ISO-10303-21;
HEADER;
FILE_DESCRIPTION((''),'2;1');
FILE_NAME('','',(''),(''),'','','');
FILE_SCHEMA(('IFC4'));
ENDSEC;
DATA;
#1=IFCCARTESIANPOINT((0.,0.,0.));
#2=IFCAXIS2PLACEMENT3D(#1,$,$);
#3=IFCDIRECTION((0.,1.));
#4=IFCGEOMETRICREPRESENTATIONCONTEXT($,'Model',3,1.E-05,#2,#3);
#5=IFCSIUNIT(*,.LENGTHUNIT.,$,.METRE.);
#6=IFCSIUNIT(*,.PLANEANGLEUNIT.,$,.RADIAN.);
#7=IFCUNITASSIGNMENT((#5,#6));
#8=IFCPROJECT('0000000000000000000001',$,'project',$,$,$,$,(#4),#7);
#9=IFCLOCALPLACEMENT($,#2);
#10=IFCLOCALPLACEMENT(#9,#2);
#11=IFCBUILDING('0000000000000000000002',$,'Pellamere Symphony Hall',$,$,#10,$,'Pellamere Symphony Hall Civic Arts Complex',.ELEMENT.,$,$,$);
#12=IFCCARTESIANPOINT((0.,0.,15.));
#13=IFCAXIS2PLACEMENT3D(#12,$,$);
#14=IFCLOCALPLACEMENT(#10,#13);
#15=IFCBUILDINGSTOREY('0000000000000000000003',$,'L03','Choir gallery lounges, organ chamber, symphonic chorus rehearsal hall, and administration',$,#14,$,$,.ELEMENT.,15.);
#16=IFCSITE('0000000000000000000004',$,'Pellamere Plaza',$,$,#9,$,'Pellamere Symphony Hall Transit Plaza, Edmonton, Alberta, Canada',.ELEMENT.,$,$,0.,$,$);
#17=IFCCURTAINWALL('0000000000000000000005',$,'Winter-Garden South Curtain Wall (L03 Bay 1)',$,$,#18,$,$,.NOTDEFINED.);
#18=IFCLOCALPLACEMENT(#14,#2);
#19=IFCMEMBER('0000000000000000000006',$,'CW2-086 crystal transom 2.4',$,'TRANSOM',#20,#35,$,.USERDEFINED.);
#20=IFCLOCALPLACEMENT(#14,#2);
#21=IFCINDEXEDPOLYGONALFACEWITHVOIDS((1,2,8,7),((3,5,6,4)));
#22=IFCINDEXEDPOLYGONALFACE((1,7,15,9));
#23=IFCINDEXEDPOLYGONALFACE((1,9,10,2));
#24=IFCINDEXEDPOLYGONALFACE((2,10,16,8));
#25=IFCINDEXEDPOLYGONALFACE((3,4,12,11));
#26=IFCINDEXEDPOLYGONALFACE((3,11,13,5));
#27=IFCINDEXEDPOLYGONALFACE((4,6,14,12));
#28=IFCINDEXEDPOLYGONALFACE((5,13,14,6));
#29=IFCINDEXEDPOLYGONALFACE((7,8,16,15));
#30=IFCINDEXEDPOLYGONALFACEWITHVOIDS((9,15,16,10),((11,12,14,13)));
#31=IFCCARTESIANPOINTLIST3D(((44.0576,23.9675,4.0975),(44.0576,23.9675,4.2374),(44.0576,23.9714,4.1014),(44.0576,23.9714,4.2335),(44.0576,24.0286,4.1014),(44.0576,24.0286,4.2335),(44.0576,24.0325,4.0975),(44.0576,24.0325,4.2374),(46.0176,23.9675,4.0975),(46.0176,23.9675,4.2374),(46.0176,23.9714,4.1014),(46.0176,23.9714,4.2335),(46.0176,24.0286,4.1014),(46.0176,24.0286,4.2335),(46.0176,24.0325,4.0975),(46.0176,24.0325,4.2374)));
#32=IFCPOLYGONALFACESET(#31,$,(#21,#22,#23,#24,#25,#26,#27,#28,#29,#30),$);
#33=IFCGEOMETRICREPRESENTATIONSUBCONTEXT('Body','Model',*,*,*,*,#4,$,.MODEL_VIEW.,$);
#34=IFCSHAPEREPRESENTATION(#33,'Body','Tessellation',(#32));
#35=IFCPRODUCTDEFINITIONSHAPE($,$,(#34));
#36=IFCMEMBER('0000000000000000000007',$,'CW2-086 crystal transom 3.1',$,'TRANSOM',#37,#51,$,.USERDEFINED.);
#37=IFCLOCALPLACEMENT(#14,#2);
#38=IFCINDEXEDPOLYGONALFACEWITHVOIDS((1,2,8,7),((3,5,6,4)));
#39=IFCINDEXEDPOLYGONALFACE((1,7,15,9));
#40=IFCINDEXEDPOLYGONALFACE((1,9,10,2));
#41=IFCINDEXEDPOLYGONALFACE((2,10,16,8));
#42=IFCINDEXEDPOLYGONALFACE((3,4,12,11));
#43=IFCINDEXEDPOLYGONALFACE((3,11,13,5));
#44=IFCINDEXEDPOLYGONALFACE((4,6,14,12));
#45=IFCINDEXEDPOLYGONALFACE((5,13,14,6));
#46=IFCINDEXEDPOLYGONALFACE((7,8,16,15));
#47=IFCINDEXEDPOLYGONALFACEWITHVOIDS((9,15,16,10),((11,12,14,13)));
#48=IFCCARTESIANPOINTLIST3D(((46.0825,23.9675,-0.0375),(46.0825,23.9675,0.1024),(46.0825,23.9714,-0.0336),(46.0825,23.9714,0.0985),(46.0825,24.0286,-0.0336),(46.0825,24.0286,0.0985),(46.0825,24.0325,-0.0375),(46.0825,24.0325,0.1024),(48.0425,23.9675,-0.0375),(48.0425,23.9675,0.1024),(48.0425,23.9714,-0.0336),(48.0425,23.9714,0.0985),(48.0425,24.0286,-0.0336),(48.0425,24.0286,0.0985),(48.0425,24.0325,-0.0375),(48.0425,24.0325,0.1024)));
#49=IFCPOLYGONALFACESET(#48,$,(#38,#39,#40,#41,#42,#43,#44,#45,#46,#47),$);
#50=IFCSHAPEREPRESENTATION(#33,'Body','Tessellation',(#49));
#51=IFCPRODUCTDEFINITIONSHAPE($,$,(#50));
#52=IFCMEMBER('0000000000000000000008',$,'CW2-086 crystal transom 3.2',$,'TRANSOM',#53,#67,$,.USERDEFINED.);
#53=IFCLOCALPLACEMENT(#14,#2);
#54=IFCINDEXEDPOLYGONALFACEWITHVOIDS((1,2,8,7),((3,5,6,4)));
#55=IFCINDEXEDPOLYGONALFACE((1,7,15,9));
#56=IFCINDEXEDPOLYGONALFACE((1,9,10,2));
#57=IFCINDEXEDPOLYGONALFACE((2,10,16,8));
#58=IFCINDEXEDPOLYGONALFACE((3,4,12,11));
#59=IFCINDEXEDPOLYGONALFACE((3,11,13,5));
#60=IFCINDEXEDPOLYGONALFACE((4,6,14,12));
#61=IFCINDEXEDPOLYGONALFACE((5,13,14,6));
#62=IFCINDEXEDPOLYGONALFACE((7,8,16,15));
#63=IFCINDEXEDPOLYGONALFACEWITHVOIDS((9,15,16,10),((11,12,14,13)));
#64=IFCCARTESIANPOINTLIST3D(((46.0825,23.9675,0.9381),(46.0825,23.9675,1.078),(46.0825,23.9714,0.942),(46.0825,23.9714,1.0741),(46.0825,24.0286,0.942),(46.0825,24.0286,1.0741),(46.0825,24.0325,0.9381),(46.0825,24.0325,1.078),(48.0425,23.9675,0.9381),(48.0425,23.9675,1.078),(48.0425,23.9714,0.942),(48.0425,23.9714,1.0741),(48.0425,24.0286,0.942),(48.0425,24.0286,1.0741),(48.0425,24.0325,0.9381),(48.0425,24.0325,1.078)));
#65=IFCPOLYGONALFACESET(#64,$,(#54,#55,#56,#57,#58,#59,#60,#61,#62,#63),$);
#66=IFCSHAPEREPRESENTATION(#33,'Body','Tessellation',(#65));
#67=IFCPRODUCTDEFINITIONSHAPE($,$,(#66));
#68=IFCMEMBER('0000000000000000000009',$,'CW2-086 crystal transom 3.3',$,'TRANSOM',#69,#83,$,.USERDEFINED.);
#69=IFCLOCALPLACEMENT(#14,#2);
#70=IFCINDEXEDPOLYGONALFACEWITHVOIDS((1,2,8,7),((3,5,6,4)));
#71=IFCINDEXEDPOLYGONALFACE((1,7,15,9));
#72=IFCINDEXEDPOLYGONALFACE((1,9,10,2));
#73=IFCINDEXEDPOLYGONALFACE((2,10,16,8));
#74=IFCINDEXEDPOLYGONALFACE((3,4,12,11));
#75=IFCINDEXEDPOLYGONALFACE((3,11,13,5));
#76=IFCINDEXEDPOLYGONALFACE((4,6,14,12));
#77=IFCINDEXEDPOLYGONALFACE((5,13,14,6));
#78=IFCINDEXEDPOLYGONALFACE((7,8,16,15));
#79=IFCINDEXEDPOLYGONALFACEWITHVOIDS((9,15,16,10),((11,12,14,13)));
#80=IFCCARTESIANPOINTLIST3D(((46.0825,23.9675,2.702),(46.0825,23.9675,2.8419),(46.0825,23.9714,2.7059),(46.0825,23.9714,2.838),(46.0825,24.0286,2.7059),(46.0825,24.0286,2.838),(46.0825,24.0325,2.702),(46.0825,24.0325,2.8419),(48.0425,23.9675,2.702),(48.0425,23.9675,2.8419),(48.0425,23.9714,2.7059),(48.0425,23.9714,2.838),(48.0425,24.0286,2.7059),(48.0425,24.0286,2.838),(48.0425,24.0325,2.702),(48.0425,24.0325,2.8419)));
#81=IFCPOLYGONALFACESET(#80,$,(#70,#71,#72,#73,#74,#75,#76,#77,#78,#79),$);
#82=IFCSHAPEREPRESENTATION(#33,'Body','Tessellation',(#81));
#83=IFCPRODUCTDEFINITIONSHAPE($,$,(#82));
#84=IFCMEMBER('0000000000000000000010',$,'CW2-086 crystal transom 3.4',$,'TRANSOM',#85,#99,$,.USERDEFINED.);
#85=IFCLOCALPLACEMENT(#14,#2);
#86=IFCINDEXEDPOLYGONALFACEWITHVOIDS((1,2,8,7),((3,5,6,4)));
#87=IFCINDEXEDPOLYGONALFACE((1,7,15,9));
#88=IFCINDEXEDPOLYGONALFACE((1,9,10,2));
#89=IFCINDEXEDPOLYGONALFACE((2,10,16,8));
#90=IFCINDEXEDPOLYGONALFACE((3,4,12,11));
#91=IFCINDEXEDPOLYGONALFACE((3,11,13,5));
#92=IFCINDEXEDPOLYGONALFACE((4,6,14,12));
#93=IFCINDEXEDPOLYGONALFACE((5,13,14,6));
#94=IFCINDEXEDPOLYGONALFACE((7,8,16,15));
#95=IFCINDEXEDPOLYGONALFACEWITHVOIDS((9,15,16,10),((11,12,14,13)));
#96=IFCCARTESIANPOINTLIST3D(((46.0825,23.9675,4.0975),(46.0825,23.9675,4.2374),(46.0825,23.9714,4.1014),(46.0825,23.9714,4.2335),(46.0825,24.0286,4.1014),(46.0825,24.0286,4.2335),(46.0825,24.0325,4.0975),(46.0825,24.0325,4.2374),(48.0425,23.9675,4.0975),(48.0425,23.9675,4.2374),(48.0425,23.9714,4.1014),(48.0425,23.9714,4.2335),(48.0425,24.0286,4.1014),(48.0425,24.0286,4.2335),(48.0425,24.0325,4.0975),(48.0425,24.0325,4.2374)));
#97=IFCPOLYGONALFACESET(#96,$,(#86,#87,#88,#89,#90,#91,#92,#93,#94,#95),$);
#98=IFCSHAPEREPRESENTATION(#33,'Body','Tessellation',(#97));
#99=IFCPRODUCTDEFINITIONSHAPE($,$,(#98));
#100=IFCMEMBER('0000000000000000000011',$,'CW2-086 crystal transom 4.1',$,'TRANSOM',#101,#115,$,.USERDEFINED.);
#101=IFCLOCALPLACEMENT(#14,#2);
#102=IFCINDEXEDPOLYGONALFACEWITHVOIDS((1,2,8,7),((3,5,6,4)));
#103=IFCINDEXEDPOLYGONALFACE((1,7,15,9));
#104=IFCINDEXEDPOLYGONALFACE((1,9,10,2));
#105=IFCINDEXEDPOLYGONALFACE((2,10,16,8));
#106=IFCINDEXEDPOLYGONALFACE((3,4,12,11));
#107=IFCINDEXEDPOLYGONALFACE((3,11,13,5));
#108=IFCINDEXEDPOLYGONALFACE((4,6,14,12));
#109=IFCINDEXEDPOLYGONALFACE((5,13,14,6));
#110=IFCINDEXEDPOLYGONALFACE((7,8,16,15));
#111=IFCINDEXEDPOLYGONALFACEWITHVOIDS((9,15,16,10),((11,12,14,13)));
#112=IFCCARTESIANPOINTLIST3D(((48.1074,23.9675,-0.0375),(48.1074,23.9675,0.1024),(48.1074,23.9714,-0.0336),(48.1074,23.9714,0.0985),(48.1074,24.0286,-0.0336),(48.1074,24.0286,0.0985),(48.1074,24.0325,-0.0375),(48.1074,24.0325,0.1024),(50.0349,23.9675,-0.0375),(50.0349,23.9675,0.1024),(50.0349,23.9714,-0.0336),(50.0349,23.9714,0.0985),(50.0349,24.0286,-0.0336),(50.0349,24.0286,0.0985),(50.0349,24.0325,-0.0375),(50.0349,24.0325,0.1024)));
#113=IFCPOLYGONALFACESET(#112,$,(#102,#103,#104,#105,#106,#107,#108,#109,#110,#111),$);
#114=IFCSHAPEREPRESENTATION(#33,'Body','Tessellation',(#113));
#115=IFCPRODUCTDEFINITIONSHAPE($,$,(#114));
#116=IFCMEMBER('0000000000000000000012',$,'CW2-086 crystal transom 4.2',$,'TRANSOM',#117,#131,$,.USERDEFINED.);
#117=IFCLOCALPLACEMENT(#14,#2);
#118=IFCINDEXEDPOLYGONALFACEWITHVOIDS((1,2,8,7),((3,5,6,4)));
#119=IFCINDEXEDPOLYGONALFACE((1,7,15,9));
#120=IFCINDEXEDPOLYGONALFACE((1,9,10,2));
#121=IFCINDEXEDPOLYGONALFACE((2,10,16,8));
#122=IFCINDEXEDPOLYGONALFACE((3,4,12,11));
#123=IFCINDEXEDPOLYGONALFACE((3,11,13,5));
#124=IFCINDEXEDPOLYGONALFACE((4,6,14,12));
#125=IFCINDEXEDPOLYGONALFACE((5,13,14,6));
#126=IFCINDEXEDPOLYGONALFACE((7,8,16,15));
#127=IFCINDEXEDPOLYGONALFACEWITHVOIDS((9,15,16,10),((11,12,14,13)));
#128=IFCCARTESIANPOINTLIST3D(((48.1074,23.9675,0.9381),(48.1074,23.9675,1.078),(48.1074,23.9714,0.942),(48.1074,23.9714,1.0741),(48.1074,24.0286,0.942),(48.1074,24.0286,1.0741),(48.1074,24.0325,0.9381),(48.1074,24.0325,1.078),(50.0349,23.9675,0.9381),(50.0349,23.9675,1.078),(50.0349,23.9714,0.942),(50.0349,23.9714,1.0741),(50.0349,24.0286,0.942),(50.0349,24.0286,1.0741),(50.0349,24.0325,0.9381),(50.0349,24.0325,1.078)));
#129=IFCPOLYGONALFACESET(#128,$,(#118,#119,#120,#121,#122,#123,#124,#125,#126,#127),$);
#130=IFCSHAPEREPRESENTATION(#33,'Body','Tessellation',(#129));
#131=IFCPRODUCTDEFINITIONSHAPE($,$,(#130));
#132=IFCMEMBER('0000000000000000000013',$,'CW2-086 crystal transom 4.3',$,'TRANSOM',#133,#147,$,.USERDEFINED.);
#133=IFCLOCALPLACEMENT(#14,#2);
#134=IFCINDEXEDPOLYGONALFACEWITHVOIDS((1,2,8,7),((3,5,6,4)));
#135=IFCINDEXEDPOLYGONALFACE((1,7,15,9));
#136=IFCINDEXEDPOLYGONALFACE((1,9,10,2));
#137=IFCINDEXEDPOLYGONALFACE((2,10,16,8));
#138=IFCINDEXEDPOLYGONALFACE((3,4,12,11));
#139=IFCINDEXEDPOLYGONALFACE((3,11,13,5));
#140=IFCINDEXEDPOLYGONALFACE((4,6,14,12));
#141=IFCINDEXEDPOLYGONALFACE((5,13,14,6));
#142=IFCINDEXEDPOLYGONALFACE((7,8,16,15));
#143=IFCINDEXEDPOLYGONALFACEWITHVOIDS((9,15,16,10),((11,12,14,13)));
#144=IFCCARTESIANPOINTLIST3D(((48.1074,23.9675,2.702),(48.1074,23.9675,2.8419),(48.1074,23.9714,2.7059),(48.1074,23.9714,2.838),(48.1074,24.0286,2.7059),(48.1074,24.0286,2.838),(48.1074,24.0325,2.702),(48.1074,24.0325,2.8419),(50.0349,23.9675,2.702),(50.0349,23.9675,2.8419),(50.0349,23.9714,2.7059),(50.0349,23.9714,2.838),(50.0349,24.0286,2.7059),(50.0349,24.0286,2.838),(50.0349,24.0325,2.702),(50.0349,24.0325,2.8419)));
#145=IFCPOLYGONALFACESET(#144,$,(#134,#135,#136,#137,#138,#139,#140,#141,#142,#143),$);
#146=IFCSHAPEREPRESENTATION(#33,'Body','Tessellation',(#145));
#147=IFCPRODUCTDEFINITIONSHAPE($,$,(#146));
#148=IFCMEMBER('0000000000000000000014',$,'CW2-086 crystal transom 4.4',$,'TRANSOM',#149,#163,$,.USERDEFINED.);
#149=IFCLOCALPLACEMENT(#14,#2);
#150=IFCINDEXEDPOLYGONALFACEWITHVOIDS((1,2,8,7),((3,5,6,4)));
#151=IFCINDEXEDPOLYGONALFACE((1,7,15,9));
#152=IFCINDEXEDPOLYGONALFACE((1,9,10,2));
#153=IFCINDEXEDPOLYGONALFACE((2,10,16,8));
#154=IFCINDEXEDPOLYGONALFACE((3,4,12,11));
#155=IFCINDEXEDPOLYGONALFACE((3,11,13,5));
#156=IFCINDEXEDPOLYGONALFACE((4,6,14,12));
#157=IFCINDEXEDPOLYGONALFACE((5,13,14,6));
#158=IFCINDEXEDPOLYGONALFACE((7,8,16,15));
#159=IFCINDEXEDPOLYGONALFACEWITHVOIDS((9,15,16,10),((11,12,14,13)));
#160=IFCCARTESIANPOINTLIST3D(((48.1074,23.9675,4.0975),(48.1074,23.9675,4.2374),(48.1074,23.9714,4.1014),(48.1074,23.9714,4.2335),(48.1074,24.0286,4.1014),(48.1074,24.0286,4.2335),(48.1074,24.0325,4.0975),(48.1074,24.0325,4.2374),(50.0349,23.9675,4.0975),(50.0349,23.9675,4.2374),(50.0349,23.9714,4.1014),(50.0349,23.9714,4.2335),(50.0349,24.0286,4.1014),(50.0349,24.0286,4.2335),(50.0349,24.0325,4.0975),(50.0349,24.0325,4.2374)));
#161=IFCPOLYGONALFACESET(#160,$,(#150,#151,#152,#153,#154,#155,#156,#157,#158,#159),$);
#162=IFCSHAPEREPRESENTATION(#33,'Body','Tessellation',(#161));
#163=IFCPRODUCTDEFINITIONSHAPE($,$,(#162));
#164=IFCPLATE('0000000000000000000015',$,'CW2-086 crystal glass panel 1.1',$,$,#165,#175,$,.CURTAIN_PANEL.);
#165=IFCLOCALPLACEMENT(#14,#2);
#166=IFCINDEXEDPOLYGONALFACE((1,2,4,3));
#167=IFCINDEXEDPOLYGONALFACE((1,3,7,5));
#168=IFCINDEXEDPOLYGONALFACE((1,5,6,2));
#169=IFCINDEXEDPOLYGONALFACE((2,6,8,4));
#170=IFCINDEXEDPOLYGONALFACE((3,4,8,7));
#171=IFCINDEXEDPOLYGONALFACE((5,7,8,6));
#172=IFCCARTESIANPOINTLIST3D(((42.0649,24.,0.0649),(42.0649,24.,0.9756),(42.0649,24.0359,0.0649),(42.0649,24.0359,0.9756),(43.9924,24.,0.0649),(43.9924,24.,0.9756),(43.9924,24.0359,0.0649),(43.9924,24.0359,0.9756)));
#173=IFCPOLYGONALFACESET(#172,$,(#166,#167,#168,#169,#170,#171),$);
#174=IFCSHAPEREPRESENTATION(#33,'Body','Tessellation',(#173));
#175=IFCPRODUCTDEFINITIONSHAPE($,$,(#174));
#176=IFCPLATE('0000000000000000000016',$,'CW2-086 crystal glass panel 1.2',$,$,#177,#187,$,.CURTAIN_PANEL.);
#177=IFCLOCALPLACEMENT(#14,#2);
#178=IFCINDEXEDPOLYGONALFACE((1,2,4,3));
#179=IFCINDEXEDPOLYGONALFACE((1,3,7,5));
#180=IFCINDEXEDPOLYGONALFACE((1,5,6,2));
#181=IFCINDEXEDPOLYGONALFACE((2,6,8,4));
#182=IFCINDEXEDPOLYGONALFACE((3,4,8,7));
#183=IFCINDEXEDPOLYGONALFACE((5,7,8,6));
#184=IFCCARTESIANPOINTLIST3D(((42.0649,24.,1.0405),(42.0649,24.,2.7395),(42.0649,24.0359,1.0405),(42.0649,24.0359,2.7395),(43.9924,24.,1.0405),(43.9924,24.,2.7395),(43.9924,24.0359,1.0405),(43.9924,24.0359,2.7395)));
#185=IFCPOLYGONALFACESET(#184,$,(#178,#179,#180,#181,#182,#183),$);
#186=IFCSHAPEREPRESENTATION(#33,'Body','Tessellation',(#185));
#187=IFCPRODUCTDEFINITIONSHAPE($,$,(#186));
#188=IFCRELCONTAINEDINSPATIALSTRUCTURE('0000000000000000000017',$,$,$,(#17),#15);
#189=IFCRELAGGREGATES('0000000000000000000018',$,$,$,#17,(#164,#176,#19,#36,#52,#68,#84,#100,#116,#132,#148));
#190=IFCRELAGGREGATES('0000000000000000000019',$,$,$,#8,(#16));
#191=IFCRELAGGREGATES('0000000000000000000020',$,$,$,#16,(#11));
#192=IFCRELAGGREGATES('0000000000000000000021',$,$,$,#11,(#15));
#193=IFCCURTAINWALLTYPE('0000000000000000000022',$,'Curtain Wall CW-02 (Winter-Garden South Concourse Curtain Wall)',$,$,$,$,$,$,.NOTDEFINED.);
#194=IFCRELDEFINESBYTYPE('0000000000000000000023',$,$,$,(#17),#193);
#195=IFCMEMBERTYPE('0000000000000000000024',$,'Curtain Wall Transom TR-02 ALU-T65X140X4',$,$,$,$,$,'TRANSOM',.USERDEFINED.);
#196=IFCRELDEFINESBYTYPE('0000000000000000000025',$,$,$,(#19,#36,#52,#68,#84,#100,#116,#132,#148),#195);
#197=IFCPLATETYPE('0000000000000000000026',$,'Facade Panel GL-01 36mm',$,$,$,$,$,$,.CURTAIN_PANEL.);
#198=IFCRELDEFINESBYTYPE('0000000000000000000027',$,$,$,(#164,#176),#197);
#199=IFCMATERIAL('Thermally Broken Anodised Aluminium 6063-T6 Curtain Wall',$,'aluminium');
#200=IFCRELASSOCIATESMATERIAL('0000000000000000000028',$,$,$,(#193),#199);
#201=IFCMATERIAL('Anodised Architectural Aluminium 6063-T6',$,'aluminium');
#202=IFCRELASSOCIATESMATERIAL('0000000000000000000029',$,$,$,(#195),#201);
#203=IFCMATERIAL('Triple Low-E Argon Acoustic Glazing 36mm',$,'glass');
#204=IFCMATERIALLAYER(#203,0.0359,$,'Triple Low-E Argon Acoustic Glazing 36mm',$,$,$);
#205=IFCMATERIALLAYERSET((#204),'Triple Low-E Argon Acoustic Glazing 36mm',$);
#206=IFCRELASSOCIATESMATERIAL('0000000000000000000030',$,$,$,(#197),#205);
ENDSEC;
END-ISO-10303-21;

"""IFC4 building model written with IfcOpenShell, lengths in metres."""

from ifc_helpers import new_model, si_unit, direction, frame, origin, origin_2d, place, context, subcontext, project, spatial, polyline, hollow_rectangle, outline, extrude, material, layer, layer_set, material_profile, profile_set, type_object, element, aggregate, save


model = new_model("IFC4")

# Units and contexts
model_context = context("Model", 3, precision=1e-05, world=origin(), true_north=direction((0.0, 1.0)))
body_context = subcontext(model_context, "Body", "Model", "MODEL_VIEW")
ifc_project = project(units=[si_unit("LENGTHUNIT", "METRE"), si_unit("PLANEANGLEUNIT", "RADIAN")], contexts=[model_context])

# Site, building, storey
site_placement = place(None, origin())
site = spatial("IfcSite", under=ifc_project, at=site_placement, Name="Pellamere Plaza", LongName="Pellamere Symphony Hall Transit Plaza, Edmonton, Alberta, Canada", CompositionType="ELEMENT", RefElevation=0.0)
building_placement = place(site_placement, origin())
building = spatial("IfcBuilding", under=site, at=building_placement, Name="Pellamere Symphony Hall", LongName="Pellamere Symphony Hall Civic Arts Complex", CompositionType="ELEMENT")
storey_placement = place(building_placement, frame((0.0, 0.0, 15.0)))
storey = spatial("IfcBuildingStorey", under=building, at=storey_placement, Name="L03", Description="Choir gallery lounges, organ chamber, symphonic chorus rehearsal hall, and administration", CompositionType="ELEMENT", Elevation=15.0)

# Curtain wall, members, plates
ifc_material_1 = material(Name="Thermally Broken Anodised Aluminium 6063-T6 Curtain Wall", Category="aluminium")
curtain_wall_type = type_object("IfcCurtainWallType", Name="Curtain Wall CW-02 (Winter-Garden South Concourse Curtain Wall)", PredefinedType="NOTDEFINED", material=ifc_material_1)
curtain_wall_placement = place(storey_placement, origin())
curtain_wall = element("IfcCurtainWall", 1, at=curtain_wall_placement, inside=storey, type_object=curtain_wall_type, Name="Winter-Garden South Curtain Wall (L03 Bay 1)", PredefinedType="NOTDEFINED")
ifc_material_2 = material(Name="Anodised Architectural Aluminium 6063-T6", Category="aluminium")
ifc_material_profile_1 = material_profile(ifc_material_2, hollow_rectangle(XDim=0.0649, YDim=0.1399, WallThickness=0.0039, at=origin_2d()), Name="ALU-T65X140X4")
ifc_profile_set_1 = profile_set([ifc_material_profile_1], Name="Anodised Architectural Aluminium 6063-T6")
member_type_1 = type_object("IfcMemberType", Name="Curtain Wall Transom TR-02 ALU-T65X140X4", ElementType="TRANSOM", PredefinedType="USERDEFINED", material=ifc_profile_set_1)
member_1_placement = place(storey_placement, frame((44.0576, 24.0, 4.1675), z_axis=(1.0, 0.0, 0.0), x_axis=(0.0, 1.0, 0.0)))
member_1 = element("IfcMember", 2, at=member_1_placement, type_object=member_type_1, Name="CW2-086 crystal transom 2.4", ObjectType="TRANSOM", PredefinedType="USERDEFINED", context=body_context, shape_type="SweptSolid", body=[
    extrude(hollow_rectangle(XDim=0.0649, YDim=0.1399, WallThickness=0.0039, at=origin_2d()), origin(), (0.0, 0.0, 1.0), 1.96),
])
member_2_placement = place(storey_placement, frame((46.0825, 24.0, 0.0325), z_axis=(1.0, 0.0, 0.0), x_axis=(0.0, 1.0, 0.0)))
member_2 = element("IfcMember", 3, at=member_2_placement, type_object=member_type_1, Name="CW2-086 crystal transom 3.1", ObjectType="TRANSOM", PredefinedType="USERDEFINED", context=body_context, shape_type="SweptSolid", body=[
    extrude(hollow_rectangle(XDim=0.0649, YDim=0.1399, WallThickness=0.0039, at=origin_2d()), origin(), (0.0, 0.0, 1.0), 1.96),
])
member_3_placement = place(storey_placement, frame((46.0825, 24.0, 1.0081), z_axis=(1.0, 0.0, 0.0), x_axis=(0.0, 1.0, 0.0)))
member_3 = element("IfcMember", 4, at=member_3_placement, type_object=member_type_1, Name="CW2-086 crystal transom 3.2", ObjectType="TRANSOM", PredefinedType="USERDEFINED", context=body_context, shape_type="SweptSolid", body=[
    extrude(hollow_rectangle(XDim=0.0649, YDim=0.1399, WallThickness=0.0039, at=origin_2d()), origin(), (0.0, 0.0, 1.0), 1.96),
])
member_4_placement = place(storey_placement, frame((46.0825, 24.0, 2.772), z_axis=(1.0, 0.0, 0.0), x_axis=(0.0, 1.0, 0.0)))
member_4 = element("IfcMember", 5, at=member_4_placement, type_object=member_type_1, Name="CW2-086 crystal transom 3.3", ObjectType="TRANSOM", PredefinedType="USERDEFINED", context=body_context, shape_type="SweptSolid", body=[
    extrude(hollow_rectangle(XDim=0.0649, YDim=0.1399, WallThickness=0.0039, at=origin_2d()), origin(), (0.0, 0.0, 1.0), 1.96),
])
member_5_placement = place(storey_placement, frame((46.0825, 24.0, 4.1675), z_axis=(1.0, 0.0, 0.0), x_axis=(0.0, 1.0, 0.0)))
member_5 = element("IfcMember", 6, at=member_5_placement, type_object=member_type_1, Name="CW2-086 crystal transom 3.4", ObjectType="TRANSOM", PredefinedType="USERDEFINED", context=body_context, shape_type="SweptSolid", body=[
    extrude(hollow_rectangle(XDim=0.0649, YDim=0.1399, WallThickness=0.0039, at=origin_2d()), origin(), (0.0, 0.0, 1.0), 1.96),
])
member_6_placement = place(storey_placement, frame((48.1074, 24.0, 0.0325), z_axis=(1.0, 0.0, 0.0), x_axis=(0.0, 1.0, 0.0)))
member_6 = element("IfcMember", 7, at=member_6_placement, type_object=member_type_1, Name="CW2-086 crystal transom 4.1", ObjectType="TRANSOM", PredefinedType="USERDEFINED", context=body_context, shape_type="SweptSolid", body=[
    extrude(hollow_rectangle(XDim=0.0649, YDim=0.1399, WallThickness=0.0039, at=origin_2d()), origin(), (0.0, 0.0, 1.0), 1.9275),
])
member_7_placement = place(storey_placement, frame((48.1074, 24.0, 1.0081), z_axis=(1.0, 0.0, 0.0), x_axis=(0.0, 1.0, 0.0)))
member_7 = element("IfcMember", 8, at=member_7_placement, type_object=member_type_1, Name="CW2-086 crystal transom 4.2", ObjectType="TRANSOM", PredefinedType="USERDEFINED", context=body_context, shape_type="SweptSolid", body=[
    extrude(hollow_rectangle(XDim=0.0649, YDim=0.1399, WallThickness=0.0039, at=origin_2d()), origin(), (0.0, 0.0, 1.0), 1.9275),
])
member_8_placement = place(storey_placement, frame((48.1074, 24.0, 2.772), z_axis=(1.0, 0.0, 0.0), x_axis=(0.0, 1.0, 0.0)))
member_8 = element("IfcMember", 9, at=member_8_placement, type_object=member_type_1, Name="CW2-086 crystal transom 4.3", ObjectType="TRANSOM", PredefinedType="USERDEFINED", context=body_context, shape_type="SweptSolid", body=[
    extrude(hollow_rectangle(XDim=0.0649, YDim=0.1399, WallThickness=0.0039, at=origin_2d()), origin(), (0.0, 0.0, 1.0), 1.9275),
])
member_9_placement = place(storey_placement, frame((48.1074, 24.0, 4.1675), z_axis=(1.0, 0.0, 0.0), x_axis=(0.0, 1.0, 0.0)))
member_9 = element("IfcMember", 10, at=member_9_placement, type_object=member_type_1, Name="CW2-086 crystal transom 4.4", ObjectType="TRANSOM", PredefinedType="USERDEFINED", context=body_context, shape_type="SweptSolid", body=[
    extrude(hollow_rectangle(XDim=0.0649, YDim=0.1399, WallThickness=0.0039, at=origin_2d()), origin(), (0.0, 0.0, 1.0), 1.9275),
])
ifc_material_3 = material(Name="Triple Low-E Argon Acoustic Glazing 36mm", Category="glass")
ifc_layer = layer(ifc_material_3, 0.0359, Name="Triple Low-E Argon Acoustic Glazing 36mm")
ifc_layer_set = layer_set([ifc_layer], Name="Triple Low-E Argon Acoustic Glazing 36mm")
plate_type = type_object("IfcPlateType", Name="Facade Panel GL-01 36mm", PredefinedType="CURTAIN_PANEL", material=ifc_layer_set)
plate_1_placement = place(storey_placement, frame((42.0649, 24.0, 0.0649), z_axis=(0.0, -1.0, 0.0), x_axis=(1.0, 0.0, 0.0)))
plate_1 = element("IfcPlate", 11, at=plate_1_placement, type_object=plate_type, Name="CW2-086 crystal glass panel 1.1", PredefinedType="CURTAIN_PANEL", context=body_context, shape_type="SweptSolid", body=[
    extrude(outline(polyline([(0.0, 0.0), (1.9275, 0.0), (1.9275, 0.9106), (0.0, 0.9106), (0.0, 0.0)])), origin(), (0.0, 0.0, -1.0), 0.0359),
])
plate_2_placement = place(storey_placement, frame((42.0649, 24.0, 1.0405), z_axis=(0.0, -1.0, 0.0), x_axis=(1.0, 0.0, 0.0)))
plate_2 = element("IfcPlate", 12, at=plate_2_placement, type_object=plate_type, Name="CW2-086 crystal glass panel 1.2", PredefinedType="CURTAIN_PANEL", context=body_context, shape_type="SweptSolid", body=[
    extrude(outline(polyline([(0.0, 0.0), (1.9275, 0.0), (1.9275, 1.699), (0.0, 1.699), (0.0, 0.0)])), origin(), (0.0, 0.0, -1.0), 0.0359),
])
aggregate(curtain_wall, [plate_1, plate_2, member_1, member_2, member_3, member_4, member_5, member_6, member_7, member_8, member_9])

save(model, "model.ifc")
